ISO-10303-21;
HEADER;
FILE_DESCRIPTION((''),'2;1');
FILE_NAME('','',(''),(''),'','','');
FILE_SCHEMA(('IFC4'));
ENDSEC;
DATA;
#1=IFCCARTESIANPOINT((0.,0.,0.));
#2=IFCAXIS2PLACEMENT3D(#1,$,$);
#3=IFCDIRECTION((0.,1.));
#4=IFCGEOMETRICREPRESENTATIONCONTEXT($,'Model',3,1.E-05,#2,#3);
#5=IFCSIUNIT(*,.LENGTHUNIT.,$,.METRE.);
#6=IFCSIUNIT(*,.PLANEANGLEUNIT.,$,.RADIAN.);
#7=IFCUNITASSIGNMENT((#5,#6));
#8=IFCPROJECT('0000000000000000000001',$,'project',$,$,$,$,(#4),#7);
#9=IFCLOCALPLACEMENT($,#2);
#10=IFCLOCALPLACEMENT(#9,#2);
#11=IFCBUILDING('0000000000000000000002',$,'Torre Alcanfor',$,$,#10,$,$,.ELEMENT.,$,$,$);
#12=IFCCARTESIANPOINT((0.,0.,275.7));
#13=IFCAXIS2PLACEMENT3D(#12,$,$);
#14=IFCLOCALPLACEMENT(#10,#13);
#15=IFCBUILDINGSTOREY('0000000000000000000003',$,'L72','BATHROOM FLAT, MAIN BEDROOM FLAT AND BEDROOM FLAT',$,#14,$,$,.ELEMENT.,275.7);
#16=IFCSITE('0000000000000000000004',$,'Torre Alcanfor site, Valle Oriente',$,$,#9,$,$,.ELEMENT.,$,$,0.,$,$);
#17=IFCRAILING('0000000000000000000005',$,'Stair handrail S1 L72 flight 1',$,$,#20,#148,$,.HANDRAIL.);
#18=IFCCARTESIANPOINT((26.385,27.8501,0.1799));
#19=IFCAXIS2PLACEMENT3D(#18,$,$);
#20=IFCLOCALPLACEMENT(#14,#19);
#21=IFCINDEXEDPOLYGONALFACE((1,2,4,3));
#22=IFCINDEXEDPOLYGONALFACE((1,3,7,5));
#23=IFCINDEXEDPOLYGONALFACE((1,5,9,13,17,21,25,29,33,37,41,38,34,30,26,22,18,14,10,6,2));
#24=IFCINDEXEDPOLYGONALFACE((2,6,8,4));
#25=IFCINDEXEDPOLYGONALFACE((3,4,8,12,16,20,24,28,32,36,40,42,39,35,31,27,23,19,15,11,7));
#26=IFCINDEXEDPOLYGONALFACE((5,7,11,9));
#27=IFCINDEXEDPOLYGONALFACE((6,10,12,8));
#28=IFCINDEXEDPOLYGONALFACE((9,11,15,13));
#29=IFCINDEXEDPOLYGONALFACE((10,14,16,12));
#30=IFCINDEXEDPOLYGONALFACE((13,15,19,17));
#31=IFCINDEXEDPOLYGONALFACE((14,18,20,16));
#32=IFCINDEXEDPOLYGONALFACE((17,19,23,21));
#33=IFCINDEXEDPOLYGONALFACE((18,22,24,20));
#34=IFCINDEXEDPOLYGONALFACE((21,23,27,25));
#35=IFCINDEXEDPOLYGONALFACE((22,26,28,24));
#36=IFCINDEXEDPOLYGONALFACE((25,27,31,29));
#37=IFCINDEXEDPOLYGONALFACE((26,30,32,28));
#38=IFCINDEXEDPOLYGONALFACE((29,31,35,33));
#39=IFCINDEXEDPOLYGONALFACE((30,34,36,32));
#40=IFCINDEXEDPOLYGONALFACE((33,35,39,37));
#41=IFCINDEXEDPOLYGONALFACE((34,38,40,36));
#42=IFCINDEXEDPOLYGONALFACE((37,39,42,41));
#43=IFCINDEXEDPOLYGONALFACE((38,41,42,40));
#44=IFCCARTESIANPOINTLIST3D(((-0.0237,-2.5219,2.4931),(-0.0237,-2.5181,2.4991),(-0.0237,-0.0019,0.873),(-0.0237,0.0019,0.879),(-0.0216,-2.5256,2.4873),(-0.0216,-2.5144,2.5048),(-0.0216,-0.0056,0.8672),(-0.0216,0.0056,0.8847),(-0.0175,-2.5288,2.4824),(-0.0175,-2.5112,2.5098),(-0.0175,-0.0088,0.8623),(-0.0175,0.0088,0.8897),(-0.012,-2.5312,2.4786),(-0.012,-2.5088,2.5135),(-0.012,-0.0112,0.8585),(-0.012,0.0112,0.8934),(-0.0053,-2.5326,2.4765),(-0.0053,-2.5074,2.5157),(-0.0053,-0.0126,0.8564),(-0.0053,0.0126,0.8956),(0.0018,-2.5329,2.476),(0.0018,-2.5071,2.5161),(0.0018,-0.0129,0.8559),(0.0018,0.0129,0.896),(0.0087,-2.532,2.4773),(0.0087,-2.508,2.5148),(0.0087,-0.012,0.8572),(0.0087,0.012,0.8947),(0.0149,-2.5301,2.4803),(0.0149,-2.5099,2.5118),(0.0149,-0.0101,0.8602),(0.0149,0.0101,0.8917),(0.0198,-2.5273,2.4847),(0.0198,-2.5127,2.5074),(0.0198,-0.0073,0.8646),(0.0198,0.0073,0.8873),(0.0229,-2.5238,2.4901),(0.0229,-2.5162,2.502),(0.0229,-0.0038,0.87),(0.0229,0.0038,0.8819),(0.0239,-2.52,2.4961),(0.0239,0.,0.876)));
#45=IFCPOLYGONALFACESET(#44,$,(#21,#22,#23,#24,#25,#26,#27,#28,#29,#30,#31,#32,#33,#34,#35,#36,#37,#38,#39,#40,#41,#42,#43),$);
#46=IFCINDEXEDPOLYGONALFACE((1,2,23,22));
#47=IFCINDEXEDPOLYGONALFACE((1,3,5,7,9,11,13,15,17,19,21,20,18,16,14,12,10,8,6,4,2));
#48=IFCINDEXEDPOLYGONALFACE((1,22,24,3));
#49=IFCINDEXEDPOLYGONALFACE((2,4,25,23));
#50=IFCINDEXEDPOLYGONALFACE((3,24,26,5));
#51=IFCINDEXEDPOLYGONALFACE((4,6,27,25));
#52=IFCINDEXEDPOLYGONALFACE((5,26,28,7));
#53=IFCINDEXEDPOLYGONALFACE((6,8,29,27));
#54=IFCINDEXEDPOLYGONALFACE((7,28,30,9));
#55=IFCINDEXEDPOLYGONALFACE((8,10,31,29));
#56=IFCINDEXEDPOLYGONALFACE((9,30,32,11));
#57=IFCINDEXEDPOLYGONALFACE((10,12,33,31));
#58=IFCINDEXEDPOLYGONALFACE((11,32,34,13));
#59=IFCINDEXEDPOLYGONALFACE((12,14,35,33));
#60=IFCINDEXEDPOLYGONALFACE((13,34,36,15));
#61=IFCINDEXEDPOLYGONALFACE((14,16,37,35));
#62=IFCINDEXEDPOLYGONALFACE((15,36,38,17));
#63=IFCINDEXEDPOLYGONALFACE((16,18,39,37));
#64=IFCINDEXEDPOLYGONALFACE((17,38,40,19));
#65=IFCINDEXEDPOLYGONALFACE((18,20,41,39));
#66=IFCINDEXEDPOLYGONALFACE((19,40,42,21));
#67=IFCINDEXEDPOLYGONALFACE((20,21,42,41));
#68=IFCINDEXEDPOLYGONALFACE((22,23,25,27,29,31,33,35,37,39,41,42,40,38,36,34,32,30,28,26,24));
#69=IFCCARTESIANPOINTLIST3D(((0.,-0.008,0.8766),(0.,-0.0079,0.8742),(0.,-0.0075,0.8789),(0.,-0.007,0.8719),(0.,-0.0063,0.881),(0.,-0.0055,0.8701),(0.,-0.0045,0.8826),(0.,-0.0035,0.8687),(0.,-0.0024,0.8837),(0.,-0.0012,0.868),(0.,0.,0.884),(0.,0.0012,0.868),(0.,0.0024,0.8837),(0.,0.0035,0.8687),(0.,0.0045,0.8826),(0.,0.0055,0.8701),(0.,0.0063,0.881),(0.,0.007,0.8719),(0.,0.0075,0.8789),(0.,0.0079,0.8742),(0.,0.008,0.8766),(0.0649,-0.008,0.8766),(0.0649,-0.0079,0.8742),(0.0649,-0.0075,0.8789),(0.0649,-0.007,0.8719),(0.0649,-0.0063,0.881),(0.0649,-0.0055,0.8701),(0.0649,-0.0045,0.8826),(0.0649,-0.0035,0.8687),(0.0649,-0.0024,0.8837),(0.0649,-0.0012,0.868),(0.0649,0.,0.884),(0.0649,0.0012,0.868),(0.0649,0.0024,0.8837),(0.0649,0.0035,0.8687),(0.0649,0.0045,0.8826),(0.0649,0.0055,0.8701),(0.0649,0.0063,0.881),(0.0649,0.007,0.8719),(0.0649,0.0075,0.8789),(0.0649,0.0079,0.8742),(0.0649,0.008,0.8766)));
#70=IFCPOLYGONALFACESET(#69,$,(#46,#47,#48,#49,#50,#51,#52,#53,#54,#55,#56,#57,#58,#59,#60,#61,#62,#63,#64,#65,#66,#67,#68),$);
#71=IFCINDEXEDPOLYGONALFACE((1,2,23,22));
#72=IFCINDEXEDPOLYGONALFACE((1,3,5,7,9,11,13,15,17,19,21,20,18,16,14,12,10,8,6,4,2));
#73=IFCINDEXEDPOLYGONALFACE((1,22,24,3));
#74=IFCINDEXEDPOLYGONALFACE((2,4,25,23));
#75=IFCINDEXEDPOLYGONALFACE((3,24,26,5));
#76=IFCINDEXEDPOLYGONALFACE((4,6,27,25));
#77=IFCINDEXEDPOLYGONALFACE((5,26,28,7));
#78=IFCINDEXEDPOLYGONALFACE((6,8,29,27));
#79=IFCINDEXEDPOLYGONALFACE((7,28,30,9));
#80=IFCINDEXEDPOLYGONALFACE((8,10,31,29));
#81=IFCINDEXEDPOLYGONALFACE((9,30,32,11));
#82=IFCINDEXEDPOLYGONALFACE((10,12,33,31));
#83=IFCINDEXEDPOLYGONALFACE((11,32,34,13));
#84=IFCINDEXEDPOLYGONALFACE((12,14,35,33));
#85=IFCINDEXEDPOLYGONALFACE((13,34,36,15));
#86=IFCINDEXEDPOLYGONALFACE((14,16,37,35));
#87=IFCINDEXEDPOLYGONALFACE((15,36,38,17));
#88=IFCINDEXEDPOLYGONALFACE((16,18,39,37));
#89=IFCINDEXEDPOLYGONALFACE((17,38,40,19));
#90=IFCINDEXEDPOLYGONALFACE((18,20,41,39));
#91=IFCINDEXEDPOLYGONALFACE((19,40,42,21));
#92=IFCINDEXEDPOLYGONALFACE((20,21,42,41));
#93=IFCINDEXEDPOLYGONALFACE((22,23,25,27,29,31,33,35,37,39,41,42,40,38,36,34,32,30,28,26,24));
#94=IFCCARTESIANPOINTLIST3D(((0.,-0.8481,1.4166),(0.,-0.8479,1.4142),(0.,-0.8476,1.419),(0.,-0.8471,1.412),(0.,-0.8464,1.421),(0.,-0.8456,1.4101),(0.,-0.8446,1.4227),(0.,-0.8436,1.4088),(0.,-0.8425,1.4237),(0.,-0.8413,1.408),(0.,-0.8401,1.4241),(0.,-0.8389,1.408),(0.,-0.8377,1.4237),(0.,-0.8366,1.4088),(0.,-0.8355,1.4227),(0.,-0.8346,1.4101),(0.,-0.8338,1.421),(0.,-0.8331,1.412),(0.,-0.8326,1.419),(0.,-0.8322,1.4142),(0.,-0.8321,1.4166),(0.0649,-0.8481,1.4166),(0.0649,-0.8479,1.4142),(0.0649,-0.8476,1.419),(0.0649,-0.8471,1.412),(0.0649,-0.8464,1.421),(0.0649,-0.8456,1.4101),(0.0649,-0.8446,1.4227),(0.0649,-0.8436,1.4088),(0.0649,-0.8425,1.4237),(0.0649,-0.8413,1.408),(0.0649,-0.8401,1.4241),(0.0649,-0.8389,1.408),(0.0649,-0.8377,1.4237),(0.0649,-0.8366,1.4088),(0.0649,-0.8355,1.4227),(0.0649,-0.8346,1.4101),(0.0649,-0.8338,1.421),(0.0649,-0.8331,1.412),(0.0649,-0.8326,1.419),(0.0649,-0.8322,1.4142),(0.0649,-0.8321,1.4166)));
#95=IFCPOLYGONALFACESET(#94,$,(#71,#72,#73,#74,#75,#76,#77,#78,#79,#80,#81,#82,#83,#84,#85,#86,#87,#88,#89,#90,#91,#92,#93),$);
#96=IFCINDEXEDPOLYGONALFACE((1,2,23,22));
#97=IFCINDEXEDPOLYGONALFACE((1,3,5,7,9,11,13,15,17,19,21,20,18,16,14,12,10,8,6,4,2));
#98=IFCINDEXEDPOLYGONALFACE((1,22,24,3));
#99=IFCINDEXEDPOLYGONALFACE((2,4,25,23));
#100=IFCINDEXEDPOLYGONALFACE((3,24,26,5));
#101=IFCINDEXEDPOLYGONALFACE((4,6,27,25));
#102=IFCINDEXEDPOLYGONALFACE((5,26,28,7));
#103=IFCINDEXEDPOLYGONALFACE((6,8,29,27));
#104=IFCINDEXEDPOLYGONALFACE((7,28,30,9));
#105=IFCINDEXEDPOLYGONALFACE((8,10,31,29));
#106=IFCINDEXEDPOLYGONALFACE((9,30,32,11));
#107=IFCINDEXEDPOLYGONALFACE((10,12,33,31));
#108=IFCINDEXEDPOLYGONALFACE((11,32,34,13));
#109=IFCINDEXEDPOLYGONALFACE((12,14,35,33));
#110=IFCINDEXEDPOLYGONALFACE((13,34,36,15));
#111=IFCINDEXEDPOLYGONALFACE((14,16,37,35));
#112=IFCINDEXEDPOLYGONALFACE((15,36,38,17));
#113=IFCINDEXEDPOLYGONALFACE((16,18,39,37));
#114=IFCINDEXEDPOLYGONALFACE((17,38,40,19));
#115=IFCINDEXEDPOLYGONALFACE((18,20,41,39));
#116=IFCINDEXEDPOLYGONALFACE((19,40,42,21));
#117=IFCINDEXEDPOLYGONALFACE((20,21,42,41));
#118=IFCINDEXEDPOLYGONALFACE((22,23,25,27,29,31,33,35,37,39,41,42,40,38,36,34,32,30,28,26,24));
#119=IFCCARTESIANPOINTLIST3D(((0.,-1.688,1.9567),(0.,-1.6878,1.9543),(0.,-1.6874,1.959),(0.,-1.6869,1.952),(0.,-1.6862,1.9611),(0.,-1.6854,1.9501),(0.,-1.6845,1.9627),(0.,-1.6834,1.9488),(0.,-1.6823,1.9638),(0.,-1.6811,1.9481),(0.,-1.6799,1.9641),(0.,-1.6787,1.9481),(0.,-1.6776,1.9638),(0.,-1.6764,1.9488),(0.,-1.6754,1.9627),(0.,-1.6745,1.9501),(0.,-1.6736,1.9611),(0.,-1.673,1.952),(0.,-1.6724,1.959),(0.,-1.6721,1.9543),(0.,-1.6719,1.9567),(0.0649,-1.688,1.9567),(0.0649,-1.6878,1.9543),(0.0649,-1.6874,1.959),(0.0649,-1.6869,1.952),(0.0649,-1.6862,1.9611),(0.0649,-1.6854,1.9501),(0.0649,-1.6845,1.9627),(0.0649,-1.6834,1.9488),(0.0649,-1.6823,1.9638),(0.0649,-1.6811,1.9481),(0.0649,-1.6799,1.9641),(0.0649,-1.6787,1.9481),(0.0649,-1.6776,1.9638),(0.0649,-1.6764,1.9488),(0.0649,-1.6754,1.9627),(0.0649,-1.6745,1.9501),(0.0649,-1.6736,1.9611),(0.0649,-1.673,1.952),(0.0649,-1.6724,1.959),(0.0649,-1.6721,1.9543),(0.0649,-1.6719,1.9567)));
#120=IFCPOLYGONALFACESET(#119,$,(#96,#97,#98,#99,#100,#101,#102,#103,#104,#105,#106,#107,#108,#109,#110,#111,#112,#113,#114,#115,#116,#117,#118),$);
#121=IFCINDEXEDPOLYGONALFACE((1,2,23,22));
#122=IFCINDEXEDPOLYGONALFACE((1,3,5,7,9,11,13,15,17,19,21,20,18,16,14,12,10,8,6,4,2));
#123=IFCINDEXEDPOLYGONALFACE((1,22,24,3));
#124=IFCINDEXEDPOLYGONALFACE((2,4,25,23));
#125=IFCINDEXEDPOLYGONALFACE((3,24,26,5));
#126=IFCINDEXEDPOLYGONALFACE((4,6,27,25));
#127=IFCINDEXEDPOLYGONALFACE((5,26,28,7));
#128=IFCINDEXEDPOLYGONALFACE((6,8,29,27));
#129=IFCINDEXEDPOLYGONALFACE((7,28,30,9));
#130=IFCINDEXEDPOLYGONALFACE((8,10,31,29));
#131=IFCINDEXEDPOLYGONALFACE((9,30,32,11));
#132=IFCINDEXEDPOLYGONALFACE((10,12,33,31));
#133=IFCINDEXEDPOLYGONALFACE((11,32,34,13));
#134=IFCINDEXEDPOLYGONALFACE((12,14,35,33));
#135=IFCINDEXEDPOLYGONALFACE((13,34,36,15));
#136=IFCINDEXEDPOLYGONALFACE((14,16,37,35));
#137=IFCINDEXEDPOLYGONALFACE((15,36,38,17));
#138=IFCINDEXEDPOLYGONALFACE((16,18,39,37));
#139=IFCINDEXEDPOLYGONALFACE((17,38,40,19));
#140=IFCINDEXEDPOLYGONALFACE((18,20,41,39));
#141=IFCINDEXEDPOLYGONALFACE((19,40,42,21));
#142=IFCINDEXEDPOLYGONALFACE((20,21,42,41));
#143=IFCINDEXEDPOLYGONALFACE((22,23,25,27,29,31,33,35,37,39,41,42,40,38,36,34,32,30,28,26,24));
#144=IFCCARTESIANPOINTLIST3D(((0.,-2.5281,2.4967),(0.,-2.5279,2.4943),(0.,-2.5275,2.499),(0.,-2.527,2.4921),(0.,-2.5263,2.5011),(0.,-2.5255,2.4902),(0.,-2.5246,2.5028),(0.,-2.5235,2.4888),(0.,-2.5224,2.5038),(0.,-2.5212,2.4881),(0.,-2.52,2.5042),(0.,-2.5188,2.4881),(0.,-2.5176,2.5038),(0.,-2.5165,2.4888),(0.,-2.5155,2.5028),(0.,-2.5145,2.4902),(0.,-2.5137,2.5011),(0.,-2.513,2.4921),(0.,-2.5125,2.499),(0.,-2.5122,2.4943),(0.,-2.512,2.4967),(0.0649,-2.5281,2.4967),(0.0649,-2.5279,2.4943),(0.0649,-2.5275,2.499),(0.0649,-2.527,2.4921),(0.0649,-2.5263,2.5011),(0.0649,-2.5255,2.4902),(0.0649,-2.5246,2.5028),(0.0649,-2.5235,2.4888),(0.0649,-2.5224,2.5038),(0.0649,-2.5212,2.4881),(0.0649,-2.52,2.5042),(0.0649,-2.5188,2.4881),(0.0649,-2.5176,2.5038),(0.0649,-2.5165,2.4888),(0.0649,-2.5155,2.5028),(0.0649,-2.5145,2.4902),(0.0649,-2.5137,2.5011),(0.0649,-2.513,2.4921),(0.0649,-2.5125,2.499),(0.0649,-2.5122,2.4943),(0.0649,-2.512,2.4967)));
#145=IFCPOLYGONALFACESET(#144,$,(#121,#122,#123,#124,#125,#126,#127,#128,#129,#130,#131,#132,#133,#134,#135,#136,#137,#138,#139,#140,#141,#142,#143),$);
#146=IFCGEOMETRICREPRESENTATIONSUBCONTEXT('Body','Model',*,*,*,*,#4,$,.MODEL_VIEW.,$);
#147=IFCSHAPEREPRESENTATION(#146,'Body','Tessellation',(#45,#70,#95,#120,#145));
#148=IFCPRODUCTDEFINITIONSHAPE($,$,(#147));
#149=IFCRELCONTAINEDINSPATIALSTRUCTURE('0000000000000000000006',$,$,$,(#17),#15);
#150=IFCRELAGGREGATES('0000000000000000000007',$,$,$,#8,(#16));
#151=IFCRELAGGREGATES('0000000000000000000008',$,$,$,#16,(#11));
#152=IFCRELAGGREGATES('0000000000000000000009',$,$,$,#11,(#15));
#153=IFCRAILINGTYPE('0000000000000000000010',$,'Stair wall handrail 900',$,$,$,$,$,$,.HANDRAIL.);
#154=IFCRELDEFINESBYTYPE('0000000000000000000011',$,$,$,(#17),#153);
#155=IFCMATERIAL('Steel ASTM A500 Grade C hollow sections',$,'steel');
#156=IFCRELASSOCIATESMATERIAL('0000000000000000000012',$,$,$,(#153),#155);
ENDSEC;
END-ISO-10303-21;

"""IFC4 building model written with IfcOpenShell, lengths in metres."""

from ifc_helpers import new_model, si_unit, direction, frame, origin, origin_2d, place, context, subcontext, project, spatial, circle, extrude, material, type_object, element, save


model = new_model("IFC4")

# Units and contexts
model_context = context("Model", 3, precision=1e-05, world=origin(), true_north=direction((0.0, 1.0)))
body_context = subcontext(model_context, "Body", "Model", "MODEL_VIEW")
ifc_project = project(units=[si_unit("LENGTHUNIT", "METRE"), si_unit("PLANEANGLEUNIT", "RADIAN")], contexts=[model_context])

# Site, building, storey
site_placement = place(None, origin())
site = spatial("IfcSite", under=ifc_project, at=site_placement, Name="Torre Alcanfor site, Valle Oriente", CompositionType="ELEMENT", RefElevation=0.0)
building_placement = place(site_placement, origin())
building = spatial("IfcBuilding", under=site, at=building_placement, Name="Torre Alcanfor", CompositionType="ELEMENT")
storey_placement = place(building_placement, frame((0.0, 0.0, 275.7)))
storey = spatial("IfcBuildingStorey", under=building, at=storey_placement, Name="L72", Description="BATHROOM FLAT, MAIN BEDROOM FLAT AND BEDROOM FLAT", CompositionType="ELEMENT", Elevation=275.7)

# Railing
ifc_material_1 = material(Name="Steel ASTM A500 Grade C hollow sections", Category="steel")
railing_type = type_object("IfcRailingType", Name="Stair wall handrail 900", PredefinedType="HANDRAIL", material=ifc_material_1)
railing_placement = place(storey_placement, frame((26.385, 27.8501, 0.1799)))
element("IfcRailing", 1, at=railing_placement, inside=storey, type_object=railing_type, Name="Stair handrail S1 L72 flight 1", PredefinedType="HANDRAIL", context=body_context, shape_type="SweptSolid", body=[
    extrude(circle(Radius=0.0239, at=origin_2d()), frame((0.0, 0.0, 0.876), z_axis=(0.0, -0.841163, 0.540782), x_axis=(1.0, 0.0, 0.0)), (0.0, 0.0, 1.0), 2.9958),
    extrude(circle(Radius=0.0081, at=origin_2d()), frame((0.0, 0.0, 0.876), z_axis=(1.0, 0.0, 0.0), x_axis=(0.0, 0.0, 1.0)), (0.0, 0.0, 1.0), 0.0649),
    extrude(circle(Radius=0.0081, at=origin_2d()), frame((0.0, -0.8401, 1.416), z_axis=(1.0, 0.0, 0.0), x_axis=(0.0, 0.0, 1.0)), (0.0, 0.0, 1.0), 0.0649),
    extrude(circle(Radius=0.0081, at=origin_2d()), frame((0.0, -1.6799, 1.9561), z_axis=(1.0, 0.0, 0.0), x_axis=(0.0, 0.0, 1.0)), (0.0, 0.0, 1.0), 0.0649),
    extrude(circle(Radius=0.0081, at=origin_2d()), frame((0.0, -2.52, 2.4961), z_axis=(1.0, 0.0, 0.0), x_axis=(0.0, 0.0, 1.0)), (0.0, 0.0, 1.0), 0.0649),
])

save(model, "model.ifc")
